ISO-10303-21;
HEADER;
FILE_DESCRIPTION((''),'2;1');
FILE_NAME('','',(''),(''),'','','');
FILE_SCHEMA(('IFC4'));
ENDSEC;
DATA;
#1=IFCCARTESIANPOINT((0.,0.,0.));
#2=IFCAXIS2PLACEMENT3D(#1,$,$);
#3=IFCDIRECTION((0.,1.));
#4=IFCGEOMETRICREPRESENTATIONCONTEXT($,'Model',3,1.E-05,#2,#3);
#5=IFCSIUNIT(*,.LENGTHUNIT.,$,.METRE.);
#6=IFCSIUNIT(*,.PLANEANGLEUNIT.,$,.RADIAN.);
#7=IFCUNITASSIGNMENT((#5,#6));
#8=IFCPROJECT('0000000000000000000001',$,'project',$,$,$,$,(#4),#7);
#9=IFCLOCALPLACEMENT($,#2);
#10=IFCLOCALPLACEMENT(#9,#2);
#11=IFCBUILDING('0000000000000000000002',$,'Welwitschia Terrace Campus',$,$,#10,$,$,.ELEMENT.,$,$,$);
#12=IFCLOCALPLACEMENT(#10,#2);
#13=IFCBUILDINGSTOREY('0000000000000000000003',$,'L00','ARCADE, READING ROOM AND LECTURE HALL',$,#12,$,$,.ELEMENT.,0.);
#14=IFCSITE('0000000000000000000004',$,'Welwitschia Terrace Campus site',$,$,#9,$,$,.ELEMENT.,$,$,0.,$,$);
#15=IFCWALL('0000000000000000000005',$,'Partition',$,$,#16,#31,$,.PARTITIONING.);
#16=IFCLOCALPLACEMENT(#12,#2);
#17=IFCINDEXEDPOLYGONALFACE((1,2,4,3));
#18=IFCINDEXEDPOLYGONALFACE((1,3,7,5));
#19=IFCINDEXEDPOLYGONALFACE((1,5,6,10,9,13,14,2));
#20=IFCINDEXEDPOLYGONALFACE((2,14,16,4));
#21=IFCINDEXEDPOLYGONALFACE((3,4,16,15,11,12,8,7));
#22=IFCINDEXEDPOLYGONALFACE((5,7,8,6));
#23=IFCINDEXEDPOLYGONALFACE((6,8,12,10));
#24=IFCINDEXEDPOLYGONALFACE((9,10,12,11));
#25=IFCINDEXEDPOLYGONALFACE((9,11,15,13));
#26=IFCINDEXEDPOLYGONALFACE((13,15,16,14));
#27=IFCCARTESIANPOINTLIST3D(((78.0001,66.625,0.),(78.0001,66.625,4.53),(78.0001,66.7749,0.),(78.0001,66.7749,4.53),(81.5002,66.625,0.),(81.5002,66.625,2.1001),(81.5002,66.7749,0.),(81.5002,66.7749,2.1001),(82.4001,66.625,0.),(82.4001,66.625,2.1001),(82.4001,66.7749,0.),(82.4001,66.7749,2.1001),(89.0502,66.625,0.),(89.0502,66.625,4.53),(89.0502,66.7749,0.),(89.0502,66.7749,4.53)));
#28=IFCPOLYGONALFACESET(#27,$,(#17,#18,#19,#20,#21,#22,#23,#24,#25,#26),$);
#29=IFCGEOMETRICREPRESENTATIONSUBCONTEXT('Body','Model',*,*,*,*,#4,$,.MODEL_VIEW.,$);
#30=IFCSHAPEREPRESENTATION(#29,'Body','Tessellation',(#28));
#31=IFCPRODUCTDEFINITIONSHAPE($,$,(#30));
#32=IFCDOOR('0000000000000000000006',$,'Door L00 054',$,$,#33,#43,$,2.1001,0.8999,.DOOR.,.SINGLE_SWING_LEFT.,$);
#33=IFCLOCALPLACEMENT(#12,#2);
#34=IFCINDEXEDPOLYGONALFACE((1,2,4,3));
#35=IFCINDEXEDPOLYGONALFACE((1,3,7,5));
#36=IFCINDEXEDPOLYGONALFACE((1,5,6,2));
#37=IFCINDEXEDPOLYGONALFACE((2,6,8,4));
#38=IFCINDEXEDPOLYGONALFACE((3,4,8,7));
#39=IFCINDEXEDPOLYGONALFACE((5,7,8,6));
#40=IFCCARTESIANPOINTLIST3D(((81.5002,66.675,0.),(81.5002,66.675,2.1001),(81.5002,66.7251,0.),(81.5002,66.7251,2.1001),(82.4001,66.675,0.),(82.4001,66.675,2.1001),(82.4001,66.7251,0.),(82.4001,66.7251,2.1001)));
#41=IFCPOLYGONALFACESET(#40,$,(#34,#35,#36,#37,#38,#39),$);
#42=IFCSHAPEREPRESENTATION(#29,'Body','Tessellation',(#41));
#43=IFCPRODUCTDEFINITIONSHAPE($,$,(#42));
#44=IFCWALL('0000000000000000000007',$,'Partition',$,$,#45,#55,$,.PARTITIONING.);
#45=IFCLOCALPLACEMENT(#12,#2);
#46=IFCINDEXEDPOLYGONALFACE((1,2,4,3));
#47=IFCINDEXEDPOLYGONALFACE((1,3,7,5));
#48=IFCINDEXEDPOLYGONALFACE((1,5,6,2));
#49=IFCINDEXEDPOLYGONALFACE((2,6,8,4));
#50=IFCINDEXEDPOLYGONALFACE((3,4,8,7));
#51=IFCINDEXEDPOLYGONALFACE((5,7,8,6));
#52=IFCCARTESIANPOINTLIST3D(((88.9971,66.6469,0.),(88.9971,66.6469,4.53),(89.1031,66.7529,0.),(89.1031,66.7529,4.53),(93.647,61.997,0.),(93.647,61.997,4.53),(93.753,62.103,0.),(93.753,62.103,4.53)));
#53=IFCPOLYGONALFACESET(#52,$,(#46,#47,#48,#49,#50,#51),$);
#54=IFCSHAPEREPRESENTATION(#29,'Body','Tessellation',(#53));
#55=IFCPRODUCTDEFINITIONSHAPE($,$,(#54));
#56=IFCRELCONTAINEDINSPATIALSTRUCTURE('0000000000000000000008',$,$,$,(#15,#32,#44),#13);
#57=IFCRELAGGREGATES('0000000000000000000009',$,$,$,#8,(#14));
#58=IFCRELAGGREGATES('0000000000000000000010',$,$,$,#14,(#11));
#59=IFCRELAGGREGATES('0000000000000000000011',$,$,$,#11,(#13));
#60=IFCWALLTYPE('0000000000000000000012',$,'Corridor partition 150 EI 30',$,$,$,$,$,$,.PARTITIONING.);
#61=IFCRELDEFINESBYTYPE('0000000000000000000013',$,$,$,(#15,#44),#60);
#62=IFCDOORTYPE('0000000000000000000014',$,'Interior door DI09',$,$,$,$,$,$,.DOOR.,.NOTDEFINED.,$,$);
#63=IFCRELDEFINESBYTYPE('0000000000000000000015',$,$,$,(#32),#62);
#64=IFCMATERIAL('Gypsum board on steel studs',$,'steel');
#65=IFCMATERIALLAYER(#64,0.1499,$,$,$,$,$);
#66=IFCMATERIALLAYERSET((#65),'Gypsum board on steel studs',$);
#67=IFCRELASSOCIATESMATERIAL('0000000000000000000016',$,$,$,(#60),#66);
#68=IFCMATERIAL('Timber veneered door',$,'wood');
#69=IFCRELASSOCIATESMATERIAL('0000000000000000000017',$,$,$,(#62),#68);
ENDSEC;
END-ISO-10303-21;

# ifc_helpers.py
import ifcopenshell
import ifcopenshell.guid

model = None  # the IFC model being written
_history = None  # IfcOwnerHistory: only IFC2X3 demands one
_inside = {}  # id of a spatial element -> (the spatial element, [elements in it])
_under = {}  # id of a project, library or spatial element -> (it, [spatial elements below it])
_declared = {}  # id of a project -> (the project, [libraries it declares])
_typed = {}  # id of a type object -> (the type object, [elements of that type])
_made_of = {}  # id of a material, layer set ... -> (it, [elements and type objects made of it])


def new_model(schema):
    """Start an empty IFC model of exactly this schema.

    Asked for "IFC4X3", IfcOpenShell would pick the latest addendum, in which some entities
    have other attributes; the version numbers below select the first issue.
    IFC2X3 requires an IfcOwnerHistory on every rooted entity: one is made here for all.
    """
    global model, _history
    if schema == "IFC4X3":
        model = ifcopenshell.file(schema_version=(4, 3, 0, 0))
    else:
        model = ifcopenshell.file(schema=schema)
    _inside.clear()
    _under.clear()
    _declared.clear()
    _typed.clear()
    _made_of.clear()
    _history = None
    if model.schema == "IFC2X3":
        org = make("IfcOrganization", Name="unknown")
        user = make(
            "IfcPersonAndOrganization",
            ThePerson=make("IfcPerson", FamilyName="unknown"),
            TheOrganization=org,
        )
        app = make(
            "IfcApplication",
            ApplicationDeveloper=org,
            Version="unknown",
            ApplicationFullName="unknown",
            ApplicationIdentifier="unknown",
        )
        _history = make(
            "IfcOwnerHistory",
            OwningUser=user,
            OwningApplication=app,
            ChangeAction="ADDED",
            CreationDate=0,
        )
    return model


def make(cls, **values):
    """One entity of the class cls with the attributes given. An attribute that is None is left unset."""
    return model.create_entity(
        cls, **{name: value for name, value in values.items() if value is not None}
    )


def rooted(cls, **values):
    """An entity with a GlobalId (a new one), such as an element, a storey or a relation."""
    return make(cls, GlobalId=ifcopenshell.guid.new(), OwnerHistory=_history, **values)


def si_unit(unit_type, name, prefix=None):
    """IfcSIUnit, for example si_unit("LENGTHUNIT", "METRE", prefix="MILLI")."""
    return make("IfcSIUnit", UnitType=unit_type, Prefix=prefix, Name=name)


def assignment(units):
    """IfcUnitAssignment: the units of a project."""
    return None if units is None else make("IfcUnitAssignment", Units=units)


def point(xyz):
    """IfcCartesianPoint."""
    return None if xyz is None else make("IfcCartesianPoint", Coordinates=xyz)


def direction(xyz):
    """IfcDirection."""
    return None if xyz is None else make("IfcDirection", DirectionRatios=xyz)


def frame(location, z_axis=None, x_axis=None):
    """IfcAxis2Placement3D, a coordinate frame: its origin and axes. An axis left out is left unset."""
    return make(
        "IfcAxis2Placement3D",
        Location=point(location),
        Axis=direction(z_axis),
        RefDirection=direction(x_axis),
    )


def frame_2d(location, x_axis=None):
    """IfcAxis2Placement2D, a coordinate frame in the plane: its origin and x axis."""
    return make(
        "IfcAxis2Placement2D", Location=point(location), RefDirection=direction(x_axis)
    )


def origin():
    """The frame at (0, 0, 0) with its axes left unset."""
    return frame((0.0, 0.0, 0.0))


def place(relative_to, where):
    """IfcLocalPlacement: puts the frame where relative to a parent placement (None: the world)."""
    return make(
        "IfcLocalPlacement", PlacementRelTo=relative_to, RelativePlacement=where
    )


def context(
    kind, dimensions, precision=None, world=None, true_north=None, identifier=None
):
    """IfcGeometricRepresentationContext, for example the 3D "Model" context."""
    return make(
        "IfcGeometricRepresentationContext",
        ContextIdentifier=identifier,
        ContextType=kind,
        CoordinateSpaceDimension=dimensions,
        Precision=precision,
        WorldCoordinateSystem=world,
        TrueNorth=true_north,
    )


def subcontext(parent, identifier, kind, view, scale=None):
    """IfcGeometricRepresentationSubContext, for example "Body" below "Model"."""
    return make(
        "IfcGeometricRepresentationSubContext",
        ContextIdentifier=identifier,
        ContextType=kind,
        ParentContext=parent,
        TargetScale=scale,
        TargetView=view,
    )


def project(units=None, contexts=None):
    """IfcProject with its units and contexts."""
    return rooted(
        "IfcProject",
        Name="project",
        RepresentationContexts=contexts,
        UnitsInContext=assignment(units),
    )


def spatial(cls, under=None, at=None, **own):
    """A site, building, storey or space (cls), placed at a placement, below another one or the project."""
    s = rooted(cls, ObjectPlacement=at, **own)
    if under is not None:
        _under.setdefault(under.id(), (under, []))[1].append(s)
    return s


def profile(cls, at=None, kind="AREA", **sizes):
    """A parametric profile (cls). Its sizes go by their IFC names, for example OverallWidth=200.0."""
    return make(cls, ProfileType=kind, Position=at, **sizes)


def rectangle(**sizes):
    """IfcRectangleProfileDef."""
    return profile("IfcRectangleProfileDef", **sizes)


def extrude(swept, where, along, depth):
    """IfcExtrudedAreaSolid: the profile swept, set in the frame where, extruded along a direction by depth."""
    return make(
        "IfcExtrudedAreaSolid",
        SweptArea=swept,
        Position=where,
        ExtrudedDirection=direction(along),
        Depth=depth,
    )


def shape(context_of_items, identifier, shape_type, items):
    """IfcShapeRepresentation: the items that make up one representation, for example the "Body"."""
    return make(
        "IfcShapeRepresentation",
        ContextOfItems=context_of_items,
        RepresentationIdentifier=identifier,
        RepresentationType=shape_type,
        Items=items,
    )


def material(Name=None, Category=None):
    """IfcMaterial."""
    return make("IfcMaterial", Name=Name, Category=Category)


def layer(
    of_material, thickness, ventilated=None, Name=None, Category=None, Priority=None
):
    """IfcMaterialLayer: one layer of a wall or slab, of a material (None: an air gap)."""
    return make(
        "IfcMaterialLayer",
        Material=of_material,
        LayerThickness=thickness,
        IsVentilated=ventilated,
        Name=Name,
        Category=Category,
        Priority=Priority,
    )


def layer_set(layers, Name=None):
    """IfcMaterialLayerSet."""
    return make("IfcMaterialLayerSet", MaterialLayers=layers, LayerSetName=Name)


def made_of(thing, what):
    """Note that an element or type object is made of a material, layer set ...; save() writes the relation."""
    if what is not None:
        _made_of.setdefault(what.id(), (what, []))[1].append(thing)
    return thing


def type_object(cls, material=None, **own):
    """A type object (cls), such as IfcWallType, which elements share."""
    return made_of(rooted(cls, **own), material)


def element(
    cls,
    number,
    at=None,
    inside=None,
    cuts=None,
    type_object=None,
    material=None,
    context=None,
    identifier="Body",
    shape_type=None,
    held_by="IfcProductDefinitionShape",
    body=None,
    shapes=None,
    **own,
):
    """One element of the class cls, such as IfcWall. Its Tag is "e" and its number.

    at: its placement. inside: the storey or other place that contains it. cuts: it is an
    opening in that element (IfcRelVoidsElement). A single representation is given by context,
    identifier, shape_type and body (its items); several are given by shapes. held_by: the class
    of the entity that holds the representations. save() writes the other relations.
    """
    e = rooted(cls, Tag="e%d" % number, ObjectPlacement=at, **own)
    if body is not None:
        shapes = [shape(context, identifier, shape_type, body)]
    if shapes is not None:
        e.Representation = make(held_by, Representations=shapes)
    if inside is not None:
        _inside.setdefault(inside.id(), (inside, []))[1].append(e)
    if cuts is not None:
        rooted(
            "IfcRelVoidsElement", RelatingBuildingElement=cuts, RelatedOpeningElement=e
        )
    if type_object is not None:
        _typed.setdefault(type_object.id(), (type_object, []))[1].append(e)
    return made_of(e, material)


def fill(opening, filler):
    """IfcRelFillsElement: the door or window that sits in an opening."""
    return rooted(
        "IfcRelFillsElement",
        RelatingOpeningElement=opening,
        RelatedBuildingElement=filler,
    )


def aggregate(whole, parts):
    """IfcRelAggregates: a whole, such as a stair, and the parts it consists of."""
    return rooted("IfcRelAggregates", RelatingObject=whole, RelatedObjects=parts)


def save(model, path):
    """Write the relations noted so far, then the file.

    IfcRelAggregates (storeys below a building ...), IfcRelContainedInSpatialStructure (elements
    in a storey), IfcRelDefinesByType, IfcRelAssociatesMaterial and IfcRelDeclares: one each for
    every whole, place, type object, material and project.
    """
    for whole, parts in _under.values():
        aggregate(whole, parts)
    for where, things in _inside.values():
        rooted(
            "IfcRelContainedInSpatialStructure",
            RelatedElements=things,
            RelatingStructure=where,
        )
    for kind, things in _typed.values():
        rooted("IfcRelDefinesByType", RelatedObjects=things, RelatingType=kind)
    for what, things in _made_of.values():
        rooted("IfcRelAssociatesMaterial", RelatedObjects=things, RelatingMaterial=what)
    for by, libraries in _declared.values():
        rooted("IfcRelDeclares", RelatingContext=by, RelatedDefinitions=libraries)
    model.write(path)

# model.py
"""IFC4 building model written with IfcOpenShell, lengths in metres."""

from ifc_helpers import new_model, si_unit, direction, frame, frame_2d, origin, place, context, subcontext, project, spatial, rectangle, extrude, material, layer, layer_set, type_object, element, fill, save


model = new_model("IFC4")

# Units and contexts
model_context = context("Model", 3, precision=1e-05, world=origin(), true_north=direction((0.0, 1.0)))
body_context = subcontext(model_context, "Body", "Model", "MODEL_VIEW")
ifc_project = project(units=[si_unit("LENGTHUNIT", "METRE"), si_unit("PLANEANGLEUNIT", "RADIAN")], contexts=[model_context])

# Site, building, storey
site_placement = place(None, origin())
site = spatial("IfcSite", under=ifc_project, at=site_placement, Name="Welwitschia Terrace Campus site", CompositionType="ELEMENT", RefElevation=0.0)
building_placement = place(site_placement, origin())
building = spatial("IfcBuilding", under=site, at=building_placement, Name="Welwitschia Terrace Campus", CompositionType="ELEMENT")
storey_placement = place(building_placement, origin())
storey = spatial("IfcBuildingStorey", under=building, at=storey_placement, Name="L00", Description="ARCADE, READING ROOM AND LECTURE HALL", CompositionType="ELEMENT", Elevation=0.0)

# Shared definitions
ifc_material_1 = material(Name="Gypsum board on steel studs", Category="steel")
ifc_layer_1 = layer(ifc_material_1, 0.1499)
ifc_layer_set_1 = layer_set([ifc_layer_1], Name="Gypsum board on steel studs")
wall_type_1 = type_object("IfcWallType", Name="Corridor partition 150 EI 30", PredefinedType="PARTITIONING", material=ifc_layer_set_1)

# Wall, opening, door
wall_1_placement = place(storey_placement, frame((89.05, 66.7, 0.0), z_axis=(0.0, 0.0, 1.0), x_axis=(-1.0, 0.0, 0.0)))
wall_1 = element("IfcWall", 1, at=wall_1_placement, inside=storey, type_object=wall_type_1, Name="Partition", PredefinedType="PARTITIONING", context=body_context, shape_type="SweptSolid", body=[
    extrude(rectangle(XDim=11.05, YDim=0.1499, at=frame_2d((5.5249, 0.0))), origin(), (0.0, 0.0, 1.0), 4.53),
])
opening_1_placement = place(wall_1_placement, frame((6.6499, 0.0, 0.0)))
opening_1 = element("IfcOpeningElement", 2, at=opening_1_placement, cuts=wall_1, PredefinedType="OPENING", context=body_context, shape_type="SweptSolid", body=[
    extrude(rectangle(XDim=0.8999, YDim=2.1001, at=frame_2d((0.45, 1.05))), frame((0.0, 0.085, 0.0), z_axis=(0.0, -1.0, 0.0), x_axis=(1.0, 0.0, 0.0)), (0.0, 0.0, 1.0), 0.1699),
])
ifc_material_2 = material(Name="Timber veneered door", Category="wood")
door_type_1 = type_object("IfcDoorType", Name="Interior door DI09", OperationType="NOTDEFINED", PredefinedType="DOOR", material=ifc_material_2)
door_1_placement = place(opening_1_placement, origin())
door_1 = element("IfcDoor", 3, at=door_1_placement, inside=storey, type_object=door_type_1, Name="Door L00 054", OperationType="SINGLE_SWING_LEFT", OverallHeight=2.1001, OverallWidth=0.8999, PredefinedType="DOOR", context=body_context, shape_type="SweptSolid", body=[
    extrude(rectangle(XDim=0.8999, YDim=2.1001, at=frame_2d((0.45, 1.05))), frame((0.0, 0.0249, 0.0), z_axis=(0.0, -1.0, 0.0), x_axis=(1.0, 0.0, 0.0)), (0.0, 0.0, 1.0), 0.05),
])
fill(opening_1, door_1)

# Wall
wall_2_placement = place(storey_placement, frame((89.05, 66.7, 0.0), z_axis=(0.0, 0.0, 1.0), x_axis=(0.707107, -0.707107, 0.0)))
element("IfcWall", 4, at=wall_2_placement, inside=storey, type_object=wall_type_1, Name="Partition", PredefinedType="PARTITIONING", context=body_context, shape_type="SweptSolid", body=[
    extrude(rectangle(XDim=6.5759, YDim=0.1499, at=frame_2d((3.2881, 0.0))), origin(), (0.0, 0.0, 1.0), 4.53),
])

save(model, "model.ifc")
